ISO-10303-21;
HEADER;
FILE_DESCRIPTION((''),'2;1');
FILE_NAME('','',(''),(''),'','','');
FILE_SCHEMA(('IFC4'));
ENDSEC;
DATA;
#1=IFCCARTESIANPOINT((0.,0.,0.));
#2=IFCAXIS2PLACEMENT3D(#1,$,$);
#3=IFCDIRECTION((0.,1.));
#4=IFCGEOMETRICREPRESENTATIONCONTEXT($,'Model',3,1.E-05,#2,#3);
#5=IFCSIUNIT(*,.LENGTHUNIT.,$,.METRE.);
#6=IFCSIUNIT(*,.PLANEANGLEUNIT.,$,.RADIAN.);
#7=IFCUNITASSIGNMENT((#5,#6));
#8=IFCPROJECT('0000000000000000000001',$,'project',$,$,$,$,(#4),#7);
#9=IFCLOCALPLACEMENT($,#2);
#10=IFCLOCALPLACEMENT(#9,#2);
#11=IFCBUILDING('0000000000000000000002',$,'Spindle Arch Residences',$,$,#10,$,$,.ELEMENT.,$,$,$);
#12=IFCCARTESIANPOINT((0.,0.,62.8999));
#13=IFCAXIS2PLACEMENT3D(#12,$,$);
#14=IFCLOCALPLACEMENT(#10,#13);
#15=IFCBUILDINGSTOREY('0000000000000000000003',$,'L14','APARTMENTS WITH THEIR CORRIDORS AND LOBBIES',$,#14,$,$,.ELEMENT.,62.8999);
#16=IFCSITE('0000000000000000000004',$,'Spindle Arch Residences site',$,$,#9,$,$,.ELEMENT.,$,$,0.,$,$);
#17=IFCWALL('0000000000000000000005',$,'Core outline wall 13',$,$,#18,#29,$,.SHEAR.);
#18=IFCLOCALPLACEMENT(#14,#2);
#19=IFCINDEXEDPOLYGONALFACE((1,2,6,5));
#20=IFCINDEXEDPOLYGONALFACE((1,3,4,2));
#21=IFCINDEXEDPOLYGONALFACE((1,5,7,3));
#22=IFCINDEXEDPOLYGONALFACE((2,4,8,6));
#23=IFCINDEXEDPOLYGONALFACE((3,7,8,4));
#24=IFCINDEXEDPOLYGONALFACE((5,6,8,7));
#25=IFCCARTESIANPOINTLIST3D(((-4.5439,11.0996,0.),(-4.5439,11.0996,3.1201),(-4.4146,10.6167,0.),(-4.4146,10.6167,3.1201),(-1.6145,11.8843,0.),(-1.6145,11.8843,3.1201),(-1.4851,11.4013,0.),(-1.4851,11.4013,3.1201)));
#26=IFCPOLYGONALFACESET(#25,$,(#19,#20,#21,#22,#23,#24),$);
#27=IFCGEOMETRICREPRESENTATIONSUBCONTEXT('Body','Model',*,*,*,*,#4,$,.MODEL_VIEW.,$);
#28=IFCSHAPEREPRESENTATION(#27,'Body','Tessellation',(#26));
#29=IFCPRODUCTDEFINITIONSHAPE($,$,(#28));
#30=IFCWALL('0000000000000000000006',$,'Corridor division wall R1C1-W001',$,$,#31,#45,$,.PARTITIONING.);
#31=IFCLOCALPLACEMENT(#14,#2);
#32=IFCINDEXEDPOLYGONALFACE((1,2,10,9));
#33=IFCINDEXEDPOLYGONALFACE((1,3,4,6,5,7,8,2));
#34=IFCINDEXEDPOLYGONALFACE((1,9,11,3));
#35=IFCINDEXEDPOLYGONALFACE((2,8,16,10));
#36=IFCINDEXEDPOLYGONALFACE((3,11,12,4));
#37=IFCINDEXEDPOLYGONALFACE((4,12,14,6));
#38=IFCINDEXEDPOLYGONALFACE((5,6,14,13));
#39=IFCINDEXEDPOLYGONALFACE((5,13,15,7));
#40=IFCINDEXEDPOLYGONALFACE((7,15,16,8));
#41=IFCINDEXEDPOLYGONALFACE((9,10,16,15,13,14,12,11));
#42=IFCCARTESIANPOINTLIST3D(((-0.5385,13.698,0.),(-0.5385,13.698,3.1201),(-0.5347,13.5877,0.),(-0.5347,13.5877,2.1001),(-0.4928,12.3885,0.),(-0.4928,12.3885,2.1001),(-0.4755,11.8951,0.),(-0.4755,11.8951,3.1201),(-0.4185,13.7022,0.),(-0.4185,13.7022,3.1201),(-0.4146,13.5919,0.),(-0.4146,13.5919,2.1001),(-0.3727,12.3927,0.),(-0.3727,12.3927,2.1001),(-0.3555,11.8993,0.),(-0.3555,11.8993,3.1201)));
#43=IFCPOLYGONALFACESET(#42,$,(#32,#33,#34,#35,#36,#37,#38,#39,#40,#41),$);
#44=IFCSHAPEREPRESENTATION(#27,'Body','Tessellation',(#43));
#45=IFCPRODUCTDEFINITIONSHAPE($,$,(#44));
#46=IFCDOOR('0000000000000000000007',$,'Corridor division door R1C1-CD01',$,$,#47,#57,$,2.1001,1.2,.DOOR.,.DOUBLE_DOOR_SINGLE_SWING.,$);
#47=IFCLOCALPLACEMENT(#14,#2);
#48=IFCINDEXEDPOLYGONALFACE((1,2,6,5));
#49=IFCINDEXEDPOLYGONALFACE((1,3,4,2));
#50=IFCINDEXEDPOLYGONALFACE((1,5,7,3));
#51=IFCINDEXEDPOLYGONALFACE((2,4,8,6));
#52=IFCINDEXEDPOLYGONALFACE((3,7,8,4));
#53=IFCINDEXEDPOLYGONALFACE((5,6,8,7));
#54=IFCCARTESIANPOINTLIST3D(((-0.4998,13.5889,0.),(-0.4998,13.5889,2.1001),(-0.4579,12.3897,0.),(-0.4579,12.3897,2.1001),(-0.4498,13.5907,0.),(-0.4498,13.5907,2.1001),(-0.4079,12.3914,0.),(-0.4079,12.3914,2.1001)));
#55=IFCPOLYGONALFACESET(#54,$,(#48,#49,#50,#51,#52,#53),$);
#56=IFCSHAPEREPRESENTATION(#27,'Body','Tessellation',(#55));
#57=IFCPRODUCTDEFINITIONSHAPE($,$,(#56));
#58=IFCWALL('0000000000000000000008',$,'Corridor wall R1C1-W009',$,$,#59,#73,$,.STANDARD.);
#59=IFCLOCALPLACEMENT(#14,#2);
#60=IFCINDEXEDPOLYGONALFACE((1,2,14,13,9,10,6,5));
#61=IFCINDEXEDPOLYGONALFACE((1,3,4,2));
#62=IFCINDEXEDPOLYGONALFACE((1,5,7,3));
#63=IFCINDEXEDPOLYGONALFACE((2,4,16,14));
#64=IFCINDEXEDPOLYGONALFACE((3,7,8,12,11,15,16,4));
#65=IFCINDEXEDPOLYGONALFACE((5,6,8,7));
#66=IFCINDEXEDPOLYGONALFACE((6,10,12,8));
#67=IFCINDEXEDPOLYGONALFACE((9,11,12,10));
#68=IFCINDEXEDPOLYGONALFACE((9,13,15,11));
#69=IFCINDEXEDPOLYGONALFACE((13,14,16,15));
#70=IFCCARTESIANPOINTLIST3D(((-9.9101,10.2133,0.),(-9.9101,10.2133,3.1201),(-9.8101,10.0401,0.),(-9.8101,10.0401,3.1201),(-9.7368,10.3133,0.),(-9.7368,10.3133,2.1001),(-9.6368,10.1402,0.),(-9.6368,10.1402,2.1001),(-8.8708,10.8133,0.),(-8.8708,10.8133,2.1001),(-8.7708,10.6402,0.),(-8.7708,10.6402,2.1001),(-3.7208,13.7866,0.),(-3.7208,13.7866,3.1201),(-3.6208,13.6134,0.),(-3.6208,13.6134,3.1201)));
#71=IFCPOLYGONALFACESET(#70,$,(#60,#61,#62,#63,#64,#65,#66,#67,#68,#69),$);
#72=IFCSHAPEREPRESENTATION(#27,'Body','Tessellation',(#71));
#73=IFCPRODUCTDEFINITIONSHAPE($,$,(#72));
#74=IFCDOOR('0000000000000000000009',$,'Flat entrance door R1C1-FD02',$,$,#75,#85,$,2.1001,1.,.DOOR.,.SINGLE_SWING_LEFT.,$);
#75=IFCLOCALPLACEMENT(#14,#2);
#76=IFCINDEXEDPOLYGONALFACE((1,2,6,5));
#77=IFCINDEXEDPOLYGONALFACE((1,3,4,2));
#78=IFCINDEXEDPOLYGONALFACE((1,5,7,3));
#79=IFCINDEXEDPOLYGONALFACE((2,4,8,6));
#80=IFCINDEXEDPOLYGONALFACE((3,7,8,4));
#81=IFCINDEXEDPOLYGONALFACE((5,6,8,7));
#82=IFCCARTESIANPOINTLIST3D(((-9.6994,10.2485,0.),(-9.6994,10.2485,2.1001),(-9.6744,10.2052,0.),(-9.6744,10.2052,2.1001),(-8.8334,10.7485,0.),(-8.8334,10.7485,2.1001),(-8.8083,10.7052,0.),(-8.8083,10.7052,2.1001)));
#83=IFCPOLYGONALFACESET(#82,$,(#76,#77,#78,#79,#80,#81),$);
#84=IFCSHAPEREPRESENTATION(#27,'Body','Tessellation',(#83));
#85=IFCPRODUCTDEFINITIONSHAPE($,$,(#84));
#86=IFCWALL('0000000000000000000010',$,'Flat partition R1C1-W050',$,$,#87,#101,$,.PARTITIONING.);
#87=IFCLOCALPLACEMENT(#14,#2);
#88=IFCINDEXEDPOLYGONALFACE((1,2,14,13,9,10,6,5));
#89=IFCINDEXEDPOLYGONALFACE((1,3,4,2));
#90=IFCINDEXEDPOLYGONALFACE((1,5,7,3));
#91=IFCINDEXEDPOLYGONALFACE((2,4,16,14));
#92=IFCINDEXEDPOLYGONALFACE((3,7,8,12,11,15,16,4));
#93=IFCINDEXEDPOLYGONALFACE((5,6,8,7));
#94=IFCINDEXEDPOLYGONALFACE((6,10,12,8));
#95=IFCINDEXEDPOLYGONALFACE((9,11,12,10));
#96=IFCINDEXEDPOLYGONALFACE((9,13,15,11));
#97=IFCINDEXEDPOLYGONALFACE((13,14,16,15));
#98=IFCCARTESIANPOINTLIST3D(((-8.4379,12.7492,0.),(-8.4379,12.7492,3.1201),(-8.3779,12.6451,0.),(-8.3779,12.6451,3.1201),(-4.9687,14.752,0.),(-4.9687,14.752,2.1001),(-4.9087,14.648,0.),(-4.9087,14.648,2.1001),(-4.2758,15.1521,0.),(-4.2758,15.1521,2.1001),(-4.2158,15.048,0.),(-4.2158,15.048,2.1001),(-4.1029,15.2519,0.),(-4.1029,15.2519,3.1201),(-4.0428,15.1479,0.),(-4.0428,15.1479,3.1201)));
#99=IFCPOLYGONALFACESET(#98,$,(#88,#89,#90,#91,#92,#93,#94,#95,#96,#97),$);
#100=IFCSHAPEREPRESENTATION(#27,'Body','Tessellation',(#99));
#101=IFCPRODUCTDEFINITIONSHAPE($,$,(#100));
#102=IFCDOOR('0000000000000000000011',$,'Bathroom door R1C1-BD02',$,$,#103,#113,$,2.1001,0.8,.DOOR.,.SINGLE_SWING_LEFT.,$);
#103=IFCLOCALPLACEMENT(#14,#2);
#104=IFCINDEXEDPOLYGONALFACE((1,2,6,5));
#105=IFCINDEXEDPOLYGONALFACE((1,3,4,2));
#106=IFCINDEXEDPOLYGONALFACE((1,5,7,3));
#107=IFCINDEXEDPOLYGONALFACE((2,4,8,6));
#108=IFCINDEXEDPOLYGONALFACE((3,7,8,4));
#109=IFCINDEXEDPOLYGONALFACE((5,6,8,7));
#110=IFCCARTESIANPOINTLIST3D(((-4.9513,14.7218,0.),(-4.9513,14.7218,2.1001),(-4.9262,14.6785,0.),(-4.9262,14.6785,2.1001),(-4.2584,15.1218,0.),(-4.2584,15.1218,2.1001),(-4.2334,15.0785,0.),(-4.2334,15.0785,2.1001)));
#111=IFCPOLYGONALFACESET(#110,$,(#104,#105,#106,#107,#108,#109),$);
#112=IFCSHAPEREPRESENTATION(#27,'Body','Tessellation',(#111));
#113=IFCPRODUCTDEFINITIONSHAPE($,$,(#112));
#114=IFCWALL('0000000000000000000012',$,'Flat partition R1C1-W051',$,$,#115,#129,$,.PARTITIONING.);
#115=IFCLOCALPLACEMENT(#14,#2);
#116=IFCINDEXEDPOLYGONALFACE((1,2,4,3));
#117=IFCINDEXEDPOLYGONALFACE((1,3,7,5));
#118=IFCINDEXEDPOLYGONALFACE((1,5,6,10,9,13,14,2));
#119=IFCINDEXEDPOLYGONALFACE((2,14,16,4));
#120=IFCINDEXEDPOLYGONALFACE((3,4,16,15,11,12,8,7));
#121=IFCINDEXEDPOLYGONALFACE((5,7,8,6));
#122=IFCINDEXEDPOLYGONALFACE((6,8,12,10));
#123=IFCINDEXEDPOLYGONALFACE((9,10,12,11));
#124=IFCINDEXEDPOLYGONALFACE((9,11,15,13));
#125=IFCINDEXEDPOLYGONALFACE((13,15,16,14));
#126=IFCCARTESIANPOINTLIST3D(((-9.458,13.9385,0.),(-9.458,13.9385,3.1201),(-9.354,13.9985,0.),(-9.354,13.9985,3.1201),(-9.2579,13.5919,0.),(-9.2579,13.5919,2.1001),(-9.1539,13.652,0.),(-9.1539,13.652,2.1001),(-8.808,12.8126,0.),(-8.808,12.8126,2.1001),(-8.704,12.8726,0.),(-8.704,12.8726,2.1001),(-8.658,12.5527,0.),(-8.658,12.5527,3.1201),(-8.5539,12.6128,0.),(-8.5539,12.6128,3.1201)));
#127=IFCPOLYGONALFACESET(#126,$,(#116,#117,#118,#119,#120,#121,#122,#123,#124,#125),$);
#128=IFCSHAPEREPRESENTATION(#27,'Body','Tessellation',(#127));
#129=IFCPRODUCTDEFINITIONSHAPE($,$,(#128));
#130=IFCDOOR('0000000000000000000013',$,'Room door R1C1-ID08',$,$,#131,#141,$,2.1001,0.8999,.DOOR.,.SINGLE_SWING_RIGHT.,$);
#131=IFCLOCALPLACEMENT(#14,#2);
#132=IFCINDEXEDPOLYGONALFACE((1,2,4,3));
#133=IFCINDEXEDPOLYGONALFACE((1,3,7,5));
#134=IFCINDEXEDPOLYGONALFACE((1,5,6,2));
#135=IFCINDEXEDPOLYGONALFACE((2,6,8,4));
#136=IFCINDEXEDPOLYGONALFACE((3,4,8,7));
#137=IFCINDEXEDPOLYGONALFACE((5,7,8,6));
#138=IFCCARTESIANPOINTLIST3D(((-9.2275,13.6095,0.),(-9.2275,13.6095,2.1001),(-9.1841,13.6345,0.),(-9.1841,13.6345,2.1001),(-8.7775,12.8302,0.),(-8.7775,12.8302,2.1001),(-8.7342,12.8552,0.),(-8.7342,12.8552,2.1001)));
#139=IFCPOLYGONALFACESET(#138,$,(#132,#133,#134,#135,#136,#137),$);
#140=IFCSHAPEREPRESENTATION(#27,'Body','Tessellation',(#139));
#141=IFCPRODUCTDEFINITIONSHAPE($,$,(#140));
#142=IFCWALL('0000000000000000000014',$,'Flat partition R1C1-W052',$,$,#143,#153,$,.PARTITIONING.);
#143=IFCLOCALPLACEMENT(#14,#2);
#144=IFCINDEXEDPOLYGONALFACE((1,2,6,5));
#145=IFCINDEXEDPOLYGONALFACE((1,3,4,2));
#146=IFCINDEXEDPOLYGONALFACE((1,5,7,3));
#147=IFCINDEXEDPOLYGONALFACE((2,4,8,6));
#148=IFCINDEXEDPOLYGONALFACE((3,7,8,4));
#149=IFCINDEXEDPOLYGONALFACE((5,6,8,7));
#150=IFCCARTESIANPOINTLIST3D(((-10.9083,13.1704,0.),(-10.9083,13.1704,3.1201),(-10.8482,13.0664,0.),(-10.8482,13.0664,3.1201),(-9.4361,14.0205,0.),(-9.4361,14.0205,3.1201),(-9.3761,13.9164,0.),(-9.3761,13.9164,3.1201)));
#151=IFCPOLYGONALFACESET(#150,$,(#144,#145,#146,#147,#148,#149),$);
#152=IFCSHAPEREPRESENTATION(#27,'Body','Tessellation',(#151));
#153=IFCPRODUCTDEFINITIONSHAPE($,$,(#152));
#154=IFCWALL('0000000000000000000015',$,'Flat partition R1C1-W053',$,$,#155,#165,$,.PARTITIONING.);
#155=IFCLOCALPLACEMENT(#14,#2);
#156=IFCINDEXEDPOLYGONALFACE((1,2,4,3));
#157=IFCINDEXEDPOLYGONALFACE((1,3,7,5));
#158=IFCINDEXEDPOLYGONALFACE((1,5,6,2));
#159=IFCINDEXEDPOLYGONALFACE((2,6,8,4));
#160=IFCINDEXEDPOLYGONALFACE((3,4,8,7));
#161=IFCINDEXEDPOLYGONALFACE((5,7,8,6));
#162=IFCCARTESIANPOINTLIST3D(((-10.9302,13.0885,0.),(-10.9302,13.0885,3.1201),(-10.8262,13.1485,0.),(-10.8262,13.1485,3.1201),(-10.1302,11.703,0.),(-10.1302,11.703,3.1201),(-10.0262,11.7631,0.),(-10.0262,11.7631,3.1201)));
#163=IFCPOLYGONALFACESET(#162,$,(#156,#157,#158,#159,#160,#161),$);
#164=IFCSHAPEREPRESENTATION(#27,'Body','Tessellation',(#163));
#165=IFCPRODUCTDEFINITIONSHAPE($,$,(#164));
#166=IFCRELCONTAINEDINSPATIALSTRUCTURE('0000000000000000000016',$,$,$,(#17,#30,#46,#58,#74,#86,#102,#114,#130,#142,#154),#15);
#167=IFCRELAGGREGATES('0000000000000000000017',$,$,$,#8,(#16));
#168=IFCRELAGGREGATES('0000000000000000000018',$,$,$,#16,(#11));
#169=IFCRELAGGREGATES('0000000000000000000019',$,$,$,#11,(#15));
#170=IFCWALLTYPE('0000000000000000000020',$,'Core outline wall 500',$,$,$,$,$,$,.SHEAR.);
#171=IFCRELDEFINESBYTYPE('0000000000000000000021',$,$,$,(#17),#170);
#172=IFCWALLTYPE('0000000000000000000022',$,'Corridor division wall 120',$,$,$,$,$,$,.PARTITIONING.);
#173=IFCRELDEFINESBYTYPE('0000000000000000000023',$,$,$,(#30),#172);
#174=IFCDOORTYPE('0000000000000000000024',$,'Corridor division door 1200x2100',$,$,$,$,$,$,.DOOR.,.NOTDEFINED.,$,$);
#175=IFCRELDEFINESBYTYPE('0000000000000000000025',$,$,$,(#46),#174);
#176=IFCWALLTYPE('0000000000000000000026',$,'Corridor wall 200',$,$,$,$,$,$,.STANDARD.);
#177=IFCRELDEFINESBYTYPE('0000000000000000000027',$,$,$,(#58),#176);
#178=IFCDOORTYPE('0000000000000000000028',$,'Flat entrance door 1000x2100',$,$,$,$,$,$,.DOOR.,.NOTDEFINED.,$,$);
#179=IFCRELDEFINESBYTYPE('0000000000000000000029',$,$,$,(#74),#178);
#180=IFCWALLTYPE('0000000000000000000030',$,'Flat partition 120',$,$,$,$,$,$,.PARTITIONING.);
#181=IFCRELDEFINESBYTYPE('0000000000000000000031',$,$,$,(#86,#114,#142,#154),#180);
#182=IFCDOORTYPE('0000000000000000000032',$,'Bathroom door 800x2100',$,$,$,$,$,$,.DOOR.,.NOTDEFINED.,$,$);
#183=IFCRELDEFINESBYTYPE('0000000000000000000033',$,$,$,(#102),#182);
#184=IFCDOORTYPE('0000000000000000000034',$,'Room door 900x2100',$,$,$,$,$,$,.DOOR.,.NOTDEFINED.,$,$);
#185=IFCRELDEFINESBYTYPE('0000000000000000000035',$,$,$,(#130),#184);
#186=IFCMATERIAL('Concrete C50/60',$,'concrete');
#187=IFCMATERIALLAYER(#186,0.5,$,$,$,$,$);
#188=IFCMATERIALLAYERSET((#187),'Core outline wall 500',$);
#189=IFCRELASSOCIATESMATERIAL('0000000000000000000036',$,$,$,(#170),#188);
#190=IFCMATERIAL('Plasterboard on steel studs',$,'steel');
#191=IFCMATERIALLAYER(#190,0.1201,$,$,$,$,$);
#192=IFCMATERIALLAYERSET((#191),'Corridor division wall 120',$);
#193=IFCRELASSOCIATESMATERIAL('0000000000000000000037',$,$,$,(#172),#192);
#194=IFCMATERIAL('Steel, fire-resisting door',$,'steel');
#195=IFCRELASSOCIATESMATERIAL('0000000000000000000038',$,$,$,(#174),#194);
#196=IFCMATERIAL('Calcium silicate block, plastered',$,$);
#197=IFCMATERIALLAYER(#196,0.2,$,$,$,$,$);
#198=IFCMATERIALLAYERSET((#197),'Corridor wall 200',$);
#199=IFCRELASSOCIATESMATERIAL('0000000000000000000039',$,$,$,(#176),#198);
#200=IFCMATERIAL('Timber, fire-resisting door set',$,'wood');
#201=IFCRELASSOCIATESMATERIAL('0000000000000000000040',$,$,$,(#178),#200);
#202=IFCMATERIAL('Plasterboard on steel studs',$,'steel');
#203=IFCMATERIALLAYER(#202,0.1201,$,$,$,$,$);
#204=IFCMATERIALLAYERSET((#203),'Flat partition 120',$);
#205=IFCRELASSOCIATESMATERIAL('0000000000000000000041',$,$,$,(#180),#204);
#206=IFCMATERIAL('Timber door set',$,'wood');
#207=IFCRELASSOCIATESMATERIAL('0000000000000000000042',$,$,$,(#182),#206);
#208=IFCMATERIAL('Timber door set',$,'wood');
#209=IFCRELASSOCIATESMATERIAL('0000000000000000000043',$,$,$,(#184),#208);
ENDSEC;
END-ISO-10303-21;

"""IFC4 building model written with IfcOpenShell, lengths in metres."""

from ifc_helpers import new_model, si_unit, direction, frame, frame_2d, origin, place, context, subcontext, project, spatial, rectangle, extrude, material, layer, layer_set, type_object, element, fill, save


model = new_model("IFC4")

# Units and contexts
model_context = context("Model", 3, precision=1e-05, world=origin(), true_north=direction((0.0, 1.0)))
body_context = subcontext(model_context, "Body", "Model", "MODEL_VIEW")
ifc_project = project(units=[si_unit("LENGTHUNIT", "METRE"), si_unit("PLANEANGLEUNIT", "RADIAN")], contexts=[model_context])

# Site, building, storey
site_placement = place(None, origin())
site = spatial("IfcSite", under=ifc_project, at=site_placement, Name="Spindle Arch Residences site", CompositionType="ELEMENT", RefElevation=0.0)
building_placement = place(site_placement, origin())
building = spatial("IfcBuilding", under=site, at=building_placement, Name="Spindle Arch Residences", CompositionType="ELEMENT")
storey_placement = place(building_placement, frame((0.0, 0.0, 62.8999)))
storey = spatial("IfcBuildingStorey", under=building, at=storey_placement, Name="L14", Description="APARTMENTS WITH THEIR CORRIDORS AND LOBBIES", CompositionType="ELEMENT", Elevation=62.8999)

# Wall
ifc_material_1 = material(Name="Concrete C50/60", Category="concrete")
ifc_layer_1 = layer(ifc_material_1, 0.5)
ifc_layer_set_1 = layer_set([ifc_layer_1], Name="Core outline wall 500")
wall_type_1 = type_object("IfcWallType", Name="Core outline wall 500", PredefinedType="SHEAR", material=ifc_layer_set_1)
wall_1_placement = place(storey_placement, frame((-1.5498, 11.6428, 0.0), z_axis=(0.0, 0.0, 1.0), x_axis=(-0.965948, -0.258735, 0.0)))
element("IfcWall", 1, at=wall_1_placement, inside=storey, type_object=wall_type_1, Name="Core outline wall 13", PredefinedType="SHEAR", context=body_context, shape_type="SweptSolid", body=[
    extrude(rectangle(XDim=3.0327, YDim=0.5, at=frame_2d((1.5164, 0.0))), origin(), (0.0, 0.0, 1.0), 3.1201),
])

# Walls, openings, doors
ifc_material_2 = material(Name="Plasterboard on steel studs", Category="steel")
ifc_layer_2 = layer(ifc_material_2, 0.1201)
ifc_layer_set_2 = layer_set([ifc_layer_2], Name="Corridor division wall 120")
wall_type_2 = type_object("IfcWallType", Name="Corridor division wall 120", PredefinedType="PARTITIONING", material=ifc_layer_set_2)
wall_2_placement = place(storey_placement, frame((-0.4785, 13.7, 0.0), z_axis=(0.0, 0.0, 1.0), x_axis=(0.034919, -0.99939, 0.0)))
wall_2 = element("IfcWall", 2, at=wall_2_placement, inside=storey, type_object=wall_type_2, Name="Corridor division wall R1C1-W001", PredefinedType="PARTITIONING", context=body_context, shape_type="SweptSolid", body=[
    extrude(rectangle(XDim=1.804, YDim=0.1201, at=frame_2d((0.9019, 0.0))), origin(), (0.0, 0.0, 1.0), 3.1201),
])
opening_1_placement = place(wall_2_placement, frame((0.1101, 0.0, 0.0)))
opening_1 = element("IfcOpeningElement", 3, at=opening_1_placement, cuts=wall_2, PredefinedType="OPENING", context=body_context, shape_type="SweptSolid", body=[
    extrude(rectangle(XDim=1.2, YDim=2.1001, at=frame_2d((0.6001, 1.05))), frame((0.0, 0.0701, 0.0), z_axis=(0.0, -1.0, 0.0), x_axis=(1.0, 0.0, 0.0)), (0.0, 0.0, 1.0), 0.1401),
])
ifc_material_3 = material(Name="Steel, fire-resisting door", Category="steel")
door_type_1 = type_object("IfcDoorType", Name="Corridor division door 1200x2100", OperationType="NOTDEFINED", PredefinedType="DOOR", material=ifc_material_3)
door_1_placement = place(opening_1_placement, origin())
door_1 = element("IfcDoor", 4, at=door_1_placement, inside=storey, type_object=door_type_1, Name="Corridor division door R1C1-CD01", OperationType="DOUBLE_DOOR_SINGLE_SWING", OverallHeight=2.1001, OverallWidth=1.2, PredefinedType="DOOR", context=body_context, shape_type="SweptSolid", body=[
    extrude(rectangle(XDim=1.2, YDim=2.1001, at=frame_2d((0.6001, 1.05))), frame((0.0, 0.0249, 0.0), z_axis=(0.0, -1.0, 0.0), x_axis=(1.0, 0.0, 0.0)), (0.0, 0.0, 1.0), 0.05),
])
fill(opening_1, door_1)
ifc_material_4 = material(Name="Calcium silicate block, plastered")
ifc_layer_3 = layer(ifc_material_4, 0.2)
ifc_layer_set_3 = layer_set([ifc_layer_3], Name="Corridor wall 200")
wall_type_3 = type_object("IfcWallType", Name="Corridor wall 200", PredefinedType="STANDARD", material=ifc_layer_set_3)
wall_3_placement = place(storey_placement, frame((-3.6709, 13.7, 0.0), z_axis=(0.0, 0.0, 1.0), x_axis=(-0.866031, -0.49999, 0.0)))
wall_3 = element("IfcWall", 5, at=wall_3_placement, inside=storey, type_object=wall_type_3, Name="Corridor wall R1C1-W009", PredefinedType="STANDARD", context=body_context, shape_type="SweptSolid", body=[
    extrude(rectangle(XDim=7.1467, YDim=0.2, at=frame_2d((3.5732, 0.0))), origin(), (0.0, 0.0, 1.0), 3.1201),
])
opening_2_placement = place(wall_3_placement, frame((5.9465, 0.0, 0.0)))
opening_2 = element("IfcOpeningElement", 6, at=opening_2_placement, cuts=wall_3, PredefinedType="OPENING", context=body_context, shape_type="SweptSolid", body=[
    extrude(rectangle(XDim=1.0, YDim=2.1001, at=frame_2d((0.5, 1.05))), frame((0.0, 0.1099, 0.0), z_axis=(0.0, -1.0, 0.0), x_axis=(1.0, 0.0, 0.0)), (0.0, 0.0, 1.0), 0.22),
])
ifc_material_5 = material(Name="Timber, fire-resisting door set", Category="wood")
door_type_2 = type_object("IfcDoorType", Name="Flat entrance door 1000x2100", OperationType="NOTDEFINED", PredefinedType="DOOR", material=ifc_material_5)
door_2_placement = place(opening_2_placement, origin())
door_2 = element("IfcDoor", 7, at=door_2_placement, inside=storey, type_object=door_type_2, Name="Flat entrance door R1C1-FD02", OperationType="SINGLE_SWING_LEFT", OverallHeight=2.1001, OverallWidth=1.0, PredefinedType="DOOR", context=body_context, shape_type="SweptSolid", body=[
    extrude(rectangle(XDim=1.0, YDim=2.1001, at=frame_2d((0.5, 1.05))), frame((0.0, 0.0249, 0.0), z_axis=(0.0, -1.0, 0.0), x_axis=(1.0, 0.0, 0.0)), (0.0, 0.0, 1.0), 0.05),
])
fill(opening_2, door_2)
ifc_material_6 = material(Name="Plasterboard on steel studs", Category="steel")
ifc_layer_4 = layer(ifc_material_6, 0.1201)
ifc_layer_set_4 = layer_set([ifc_layer_4], Name="Flat partition 120")
wall_type_4 = type_object("IfcWallType", Name="Flat partition 120", PredefinedType="PARTITIONING", material=ifc_layer_set_4)
wall_4_placement = place(storey_placement, frame((-4.0728, 15.2, 0.0), z_axis=(0.0, 0.0, 1.0), x_axis=(-0.866035, -0.499984, 0.0)))
wall_4 = element("IfcWall", 8, at=wall_4_placement, inside=storey, type_object=wall_type_4, Name="Flat partition R1C1-W050", PredefinedType="PARTITIONING", context=body_context, shape_type="SweptSolid", body=[
    extrude(rectangle(XDim=5.0056, YDim=0.1201, at=frame_2d((2.5029, 0.0))), origin(), (0.0, 0.0, 1.0), 3.1201),
])
opening_3_placement = place(wall_4_placement, frame((0.2, 0.0, 0.0)))
opening_3 = element("IfcOpeningElement", 9, at=opening_3_placement, cuts=wall_4, PredefinedType="OPENING", context=body_context, shape_type="SweptSolid", body=[
    extrude(rectangle(XDim=0.8, YDim=2.1001, at=frame_2d((0.3999, 1.05))), frame((0.0, 0.0701, 0.0), z_axis=(0.0, -1.0, 0.0), x_axis=(1.0, 0.0, 0.0)), (0.0, 0.0, 1.0), 0.1401),
])
ifc_material_7 = material(Name="Timber door set", Category="wood")
door_type_3 = type_object("IfcDoorType", Name="Bathroom door 800x2100", OperationType="NOTDEFINED", PredefinedType="DOOR", material=ifc_material_7)
door_3_placement = place(opening_3_placement, origin())
door_3 = element("IfcDoor", 10, at=door_3_placement, inside=storey, type_object=door_type_3, Name="Bathroom door R1C1-BD02", OperationType="SINGLE_SWING_LEFT", OverallHeight=2.1001, OverallWidth=0.8, PredefinedType="DOOR", context=body_context, shape_type="SweptSolid", body=[
    extrude(rectangle(XDim=0.8, YDim=2.1001, at=frame_2d((0.3999, 1.05))), frame((0.0, 0.0249, 0.0), z_axis=(0.0, -1.0, 0.0), x_axis=(1.0, 0.0, 0.0)), (0.0, 0.0, 1.0), 0.05),
])
fill(opening_3, door_3)
wall_5_placement = place(storey_placement, frame((-8.606, 12.5828, 0.0), z_axis=(0.0, 0.0, 1.0), x_axis=(-0.499995, 0.866028, 0.0)))
wall_5 = element("IfcWall", 11, at=wall_5_placement, inside=storey, type_object=wall_type_4, Name="Flat partition R1C1-W051", PredefinedType="PARTITIONING", context=body_context, shape_type="SweptSolid", body=[
    extrude(rectangle(XDim=1.6001, YDim=0.1201, at=frame_2d((0.8, 0.0))), origin(), (0.0, 0.0, 1.0), 3.1201),
])
opening_4_placement = place(wall_5_placement, frame((0.3, 0.0, 0.0)))
opening_4 = element("IfcOpeningElement", 12, at=opening_4_placement, cuts=wall_5, PredefinedType="OPENING", context=body_context, shape_type="SweptSolid", body=[
    extrude(rectangle(XDim=0.8999, YDim=2.1001, at=frame_2d((0.45, 1.05))), frame((0.0, 0.0701, 0.0), z_axis=(0.0, -1.0, 0.0), x_axis=(1.0, 0.0, 0.0)), (0.0, 0.0, 1.0), 0.1401),
])
ifc_material_8 = material(Name="Timber door set", Category="wood")
door_type_4 = type_object("IfcDoorType", Name="Room door 900x2100", OperationType="NOTDEFINED", PredefinedType="DOOR", material=ifc_material_8)
door_4_placement = place(opening_4_placement, origin())
door_4 = element("IfcDoor", 13, at=door_4_placement, inside=storey, type_object=door_type_4, Name="Room door R1C1-ID08", OperationType="SINGLE_SWING_RIGHT", OverallHeight=2.1001, OverallWidth=0.8999, PredefinedType="DOOR", context=body_context, shape_type="SweptSolid", body=[
    extrude(rectangle(XDim=0.8999, YDim=2.1001, at=frame_2d((0.45, 1.05))), frame((0.0, 0.0249, 0.0), z_axis=(0.0, -1.0, 0.0), x_axis=(1.0, 0.0, 0.0)), (0.0, 0.0, 1.0), 0.05),
])
fill(opening_4, door_4)

# Walls
wall_6_placement = place(storey_placement, frame((-9.406, 13.9685, 0.0), z_axis=(0.0, 0.0, 1.0), x_axis=(-0.865989, -0.500062, 0.0)))
element("IfcWall", 14, at=wall_6_placement, inside=storey, type_object=wall_type_4, Name="Flat partition R1C1-W052", PredefinedType="PARTITIONING", context=body_context, shape_type="SweptSolid", body=[
    extrude(rectangle(XDim=1.7, YDim=0.1201, at=frame_2d((0.8501, 0.0))), origin(), (0.0, 0.0, 1.0), 3.1201),
])
wall_7_placement = place(storey_placement, frame((-10.8782, 13.1184, 0.0), z_axis=(0.0, 0.0, 1.0), x_axis=(0.500061, -0.86599, 0.0)))
element("IfcWall", 15, at=wall_7_placement, inside=storey, type_object=wall_type_4, Name="Flat partition R1C1-W053", PredefinedType="PARTITIONING", context=body_context, shape_type="SweptSolid", body=[
    extrude(rectangle(XDim=1.5999, YDim=0.1201, at=frame_2d((0.7998, 0.0))), origin(), (0.0, 0.0, 1.0), 3.1201),
])

save(model, "model.ifc")
